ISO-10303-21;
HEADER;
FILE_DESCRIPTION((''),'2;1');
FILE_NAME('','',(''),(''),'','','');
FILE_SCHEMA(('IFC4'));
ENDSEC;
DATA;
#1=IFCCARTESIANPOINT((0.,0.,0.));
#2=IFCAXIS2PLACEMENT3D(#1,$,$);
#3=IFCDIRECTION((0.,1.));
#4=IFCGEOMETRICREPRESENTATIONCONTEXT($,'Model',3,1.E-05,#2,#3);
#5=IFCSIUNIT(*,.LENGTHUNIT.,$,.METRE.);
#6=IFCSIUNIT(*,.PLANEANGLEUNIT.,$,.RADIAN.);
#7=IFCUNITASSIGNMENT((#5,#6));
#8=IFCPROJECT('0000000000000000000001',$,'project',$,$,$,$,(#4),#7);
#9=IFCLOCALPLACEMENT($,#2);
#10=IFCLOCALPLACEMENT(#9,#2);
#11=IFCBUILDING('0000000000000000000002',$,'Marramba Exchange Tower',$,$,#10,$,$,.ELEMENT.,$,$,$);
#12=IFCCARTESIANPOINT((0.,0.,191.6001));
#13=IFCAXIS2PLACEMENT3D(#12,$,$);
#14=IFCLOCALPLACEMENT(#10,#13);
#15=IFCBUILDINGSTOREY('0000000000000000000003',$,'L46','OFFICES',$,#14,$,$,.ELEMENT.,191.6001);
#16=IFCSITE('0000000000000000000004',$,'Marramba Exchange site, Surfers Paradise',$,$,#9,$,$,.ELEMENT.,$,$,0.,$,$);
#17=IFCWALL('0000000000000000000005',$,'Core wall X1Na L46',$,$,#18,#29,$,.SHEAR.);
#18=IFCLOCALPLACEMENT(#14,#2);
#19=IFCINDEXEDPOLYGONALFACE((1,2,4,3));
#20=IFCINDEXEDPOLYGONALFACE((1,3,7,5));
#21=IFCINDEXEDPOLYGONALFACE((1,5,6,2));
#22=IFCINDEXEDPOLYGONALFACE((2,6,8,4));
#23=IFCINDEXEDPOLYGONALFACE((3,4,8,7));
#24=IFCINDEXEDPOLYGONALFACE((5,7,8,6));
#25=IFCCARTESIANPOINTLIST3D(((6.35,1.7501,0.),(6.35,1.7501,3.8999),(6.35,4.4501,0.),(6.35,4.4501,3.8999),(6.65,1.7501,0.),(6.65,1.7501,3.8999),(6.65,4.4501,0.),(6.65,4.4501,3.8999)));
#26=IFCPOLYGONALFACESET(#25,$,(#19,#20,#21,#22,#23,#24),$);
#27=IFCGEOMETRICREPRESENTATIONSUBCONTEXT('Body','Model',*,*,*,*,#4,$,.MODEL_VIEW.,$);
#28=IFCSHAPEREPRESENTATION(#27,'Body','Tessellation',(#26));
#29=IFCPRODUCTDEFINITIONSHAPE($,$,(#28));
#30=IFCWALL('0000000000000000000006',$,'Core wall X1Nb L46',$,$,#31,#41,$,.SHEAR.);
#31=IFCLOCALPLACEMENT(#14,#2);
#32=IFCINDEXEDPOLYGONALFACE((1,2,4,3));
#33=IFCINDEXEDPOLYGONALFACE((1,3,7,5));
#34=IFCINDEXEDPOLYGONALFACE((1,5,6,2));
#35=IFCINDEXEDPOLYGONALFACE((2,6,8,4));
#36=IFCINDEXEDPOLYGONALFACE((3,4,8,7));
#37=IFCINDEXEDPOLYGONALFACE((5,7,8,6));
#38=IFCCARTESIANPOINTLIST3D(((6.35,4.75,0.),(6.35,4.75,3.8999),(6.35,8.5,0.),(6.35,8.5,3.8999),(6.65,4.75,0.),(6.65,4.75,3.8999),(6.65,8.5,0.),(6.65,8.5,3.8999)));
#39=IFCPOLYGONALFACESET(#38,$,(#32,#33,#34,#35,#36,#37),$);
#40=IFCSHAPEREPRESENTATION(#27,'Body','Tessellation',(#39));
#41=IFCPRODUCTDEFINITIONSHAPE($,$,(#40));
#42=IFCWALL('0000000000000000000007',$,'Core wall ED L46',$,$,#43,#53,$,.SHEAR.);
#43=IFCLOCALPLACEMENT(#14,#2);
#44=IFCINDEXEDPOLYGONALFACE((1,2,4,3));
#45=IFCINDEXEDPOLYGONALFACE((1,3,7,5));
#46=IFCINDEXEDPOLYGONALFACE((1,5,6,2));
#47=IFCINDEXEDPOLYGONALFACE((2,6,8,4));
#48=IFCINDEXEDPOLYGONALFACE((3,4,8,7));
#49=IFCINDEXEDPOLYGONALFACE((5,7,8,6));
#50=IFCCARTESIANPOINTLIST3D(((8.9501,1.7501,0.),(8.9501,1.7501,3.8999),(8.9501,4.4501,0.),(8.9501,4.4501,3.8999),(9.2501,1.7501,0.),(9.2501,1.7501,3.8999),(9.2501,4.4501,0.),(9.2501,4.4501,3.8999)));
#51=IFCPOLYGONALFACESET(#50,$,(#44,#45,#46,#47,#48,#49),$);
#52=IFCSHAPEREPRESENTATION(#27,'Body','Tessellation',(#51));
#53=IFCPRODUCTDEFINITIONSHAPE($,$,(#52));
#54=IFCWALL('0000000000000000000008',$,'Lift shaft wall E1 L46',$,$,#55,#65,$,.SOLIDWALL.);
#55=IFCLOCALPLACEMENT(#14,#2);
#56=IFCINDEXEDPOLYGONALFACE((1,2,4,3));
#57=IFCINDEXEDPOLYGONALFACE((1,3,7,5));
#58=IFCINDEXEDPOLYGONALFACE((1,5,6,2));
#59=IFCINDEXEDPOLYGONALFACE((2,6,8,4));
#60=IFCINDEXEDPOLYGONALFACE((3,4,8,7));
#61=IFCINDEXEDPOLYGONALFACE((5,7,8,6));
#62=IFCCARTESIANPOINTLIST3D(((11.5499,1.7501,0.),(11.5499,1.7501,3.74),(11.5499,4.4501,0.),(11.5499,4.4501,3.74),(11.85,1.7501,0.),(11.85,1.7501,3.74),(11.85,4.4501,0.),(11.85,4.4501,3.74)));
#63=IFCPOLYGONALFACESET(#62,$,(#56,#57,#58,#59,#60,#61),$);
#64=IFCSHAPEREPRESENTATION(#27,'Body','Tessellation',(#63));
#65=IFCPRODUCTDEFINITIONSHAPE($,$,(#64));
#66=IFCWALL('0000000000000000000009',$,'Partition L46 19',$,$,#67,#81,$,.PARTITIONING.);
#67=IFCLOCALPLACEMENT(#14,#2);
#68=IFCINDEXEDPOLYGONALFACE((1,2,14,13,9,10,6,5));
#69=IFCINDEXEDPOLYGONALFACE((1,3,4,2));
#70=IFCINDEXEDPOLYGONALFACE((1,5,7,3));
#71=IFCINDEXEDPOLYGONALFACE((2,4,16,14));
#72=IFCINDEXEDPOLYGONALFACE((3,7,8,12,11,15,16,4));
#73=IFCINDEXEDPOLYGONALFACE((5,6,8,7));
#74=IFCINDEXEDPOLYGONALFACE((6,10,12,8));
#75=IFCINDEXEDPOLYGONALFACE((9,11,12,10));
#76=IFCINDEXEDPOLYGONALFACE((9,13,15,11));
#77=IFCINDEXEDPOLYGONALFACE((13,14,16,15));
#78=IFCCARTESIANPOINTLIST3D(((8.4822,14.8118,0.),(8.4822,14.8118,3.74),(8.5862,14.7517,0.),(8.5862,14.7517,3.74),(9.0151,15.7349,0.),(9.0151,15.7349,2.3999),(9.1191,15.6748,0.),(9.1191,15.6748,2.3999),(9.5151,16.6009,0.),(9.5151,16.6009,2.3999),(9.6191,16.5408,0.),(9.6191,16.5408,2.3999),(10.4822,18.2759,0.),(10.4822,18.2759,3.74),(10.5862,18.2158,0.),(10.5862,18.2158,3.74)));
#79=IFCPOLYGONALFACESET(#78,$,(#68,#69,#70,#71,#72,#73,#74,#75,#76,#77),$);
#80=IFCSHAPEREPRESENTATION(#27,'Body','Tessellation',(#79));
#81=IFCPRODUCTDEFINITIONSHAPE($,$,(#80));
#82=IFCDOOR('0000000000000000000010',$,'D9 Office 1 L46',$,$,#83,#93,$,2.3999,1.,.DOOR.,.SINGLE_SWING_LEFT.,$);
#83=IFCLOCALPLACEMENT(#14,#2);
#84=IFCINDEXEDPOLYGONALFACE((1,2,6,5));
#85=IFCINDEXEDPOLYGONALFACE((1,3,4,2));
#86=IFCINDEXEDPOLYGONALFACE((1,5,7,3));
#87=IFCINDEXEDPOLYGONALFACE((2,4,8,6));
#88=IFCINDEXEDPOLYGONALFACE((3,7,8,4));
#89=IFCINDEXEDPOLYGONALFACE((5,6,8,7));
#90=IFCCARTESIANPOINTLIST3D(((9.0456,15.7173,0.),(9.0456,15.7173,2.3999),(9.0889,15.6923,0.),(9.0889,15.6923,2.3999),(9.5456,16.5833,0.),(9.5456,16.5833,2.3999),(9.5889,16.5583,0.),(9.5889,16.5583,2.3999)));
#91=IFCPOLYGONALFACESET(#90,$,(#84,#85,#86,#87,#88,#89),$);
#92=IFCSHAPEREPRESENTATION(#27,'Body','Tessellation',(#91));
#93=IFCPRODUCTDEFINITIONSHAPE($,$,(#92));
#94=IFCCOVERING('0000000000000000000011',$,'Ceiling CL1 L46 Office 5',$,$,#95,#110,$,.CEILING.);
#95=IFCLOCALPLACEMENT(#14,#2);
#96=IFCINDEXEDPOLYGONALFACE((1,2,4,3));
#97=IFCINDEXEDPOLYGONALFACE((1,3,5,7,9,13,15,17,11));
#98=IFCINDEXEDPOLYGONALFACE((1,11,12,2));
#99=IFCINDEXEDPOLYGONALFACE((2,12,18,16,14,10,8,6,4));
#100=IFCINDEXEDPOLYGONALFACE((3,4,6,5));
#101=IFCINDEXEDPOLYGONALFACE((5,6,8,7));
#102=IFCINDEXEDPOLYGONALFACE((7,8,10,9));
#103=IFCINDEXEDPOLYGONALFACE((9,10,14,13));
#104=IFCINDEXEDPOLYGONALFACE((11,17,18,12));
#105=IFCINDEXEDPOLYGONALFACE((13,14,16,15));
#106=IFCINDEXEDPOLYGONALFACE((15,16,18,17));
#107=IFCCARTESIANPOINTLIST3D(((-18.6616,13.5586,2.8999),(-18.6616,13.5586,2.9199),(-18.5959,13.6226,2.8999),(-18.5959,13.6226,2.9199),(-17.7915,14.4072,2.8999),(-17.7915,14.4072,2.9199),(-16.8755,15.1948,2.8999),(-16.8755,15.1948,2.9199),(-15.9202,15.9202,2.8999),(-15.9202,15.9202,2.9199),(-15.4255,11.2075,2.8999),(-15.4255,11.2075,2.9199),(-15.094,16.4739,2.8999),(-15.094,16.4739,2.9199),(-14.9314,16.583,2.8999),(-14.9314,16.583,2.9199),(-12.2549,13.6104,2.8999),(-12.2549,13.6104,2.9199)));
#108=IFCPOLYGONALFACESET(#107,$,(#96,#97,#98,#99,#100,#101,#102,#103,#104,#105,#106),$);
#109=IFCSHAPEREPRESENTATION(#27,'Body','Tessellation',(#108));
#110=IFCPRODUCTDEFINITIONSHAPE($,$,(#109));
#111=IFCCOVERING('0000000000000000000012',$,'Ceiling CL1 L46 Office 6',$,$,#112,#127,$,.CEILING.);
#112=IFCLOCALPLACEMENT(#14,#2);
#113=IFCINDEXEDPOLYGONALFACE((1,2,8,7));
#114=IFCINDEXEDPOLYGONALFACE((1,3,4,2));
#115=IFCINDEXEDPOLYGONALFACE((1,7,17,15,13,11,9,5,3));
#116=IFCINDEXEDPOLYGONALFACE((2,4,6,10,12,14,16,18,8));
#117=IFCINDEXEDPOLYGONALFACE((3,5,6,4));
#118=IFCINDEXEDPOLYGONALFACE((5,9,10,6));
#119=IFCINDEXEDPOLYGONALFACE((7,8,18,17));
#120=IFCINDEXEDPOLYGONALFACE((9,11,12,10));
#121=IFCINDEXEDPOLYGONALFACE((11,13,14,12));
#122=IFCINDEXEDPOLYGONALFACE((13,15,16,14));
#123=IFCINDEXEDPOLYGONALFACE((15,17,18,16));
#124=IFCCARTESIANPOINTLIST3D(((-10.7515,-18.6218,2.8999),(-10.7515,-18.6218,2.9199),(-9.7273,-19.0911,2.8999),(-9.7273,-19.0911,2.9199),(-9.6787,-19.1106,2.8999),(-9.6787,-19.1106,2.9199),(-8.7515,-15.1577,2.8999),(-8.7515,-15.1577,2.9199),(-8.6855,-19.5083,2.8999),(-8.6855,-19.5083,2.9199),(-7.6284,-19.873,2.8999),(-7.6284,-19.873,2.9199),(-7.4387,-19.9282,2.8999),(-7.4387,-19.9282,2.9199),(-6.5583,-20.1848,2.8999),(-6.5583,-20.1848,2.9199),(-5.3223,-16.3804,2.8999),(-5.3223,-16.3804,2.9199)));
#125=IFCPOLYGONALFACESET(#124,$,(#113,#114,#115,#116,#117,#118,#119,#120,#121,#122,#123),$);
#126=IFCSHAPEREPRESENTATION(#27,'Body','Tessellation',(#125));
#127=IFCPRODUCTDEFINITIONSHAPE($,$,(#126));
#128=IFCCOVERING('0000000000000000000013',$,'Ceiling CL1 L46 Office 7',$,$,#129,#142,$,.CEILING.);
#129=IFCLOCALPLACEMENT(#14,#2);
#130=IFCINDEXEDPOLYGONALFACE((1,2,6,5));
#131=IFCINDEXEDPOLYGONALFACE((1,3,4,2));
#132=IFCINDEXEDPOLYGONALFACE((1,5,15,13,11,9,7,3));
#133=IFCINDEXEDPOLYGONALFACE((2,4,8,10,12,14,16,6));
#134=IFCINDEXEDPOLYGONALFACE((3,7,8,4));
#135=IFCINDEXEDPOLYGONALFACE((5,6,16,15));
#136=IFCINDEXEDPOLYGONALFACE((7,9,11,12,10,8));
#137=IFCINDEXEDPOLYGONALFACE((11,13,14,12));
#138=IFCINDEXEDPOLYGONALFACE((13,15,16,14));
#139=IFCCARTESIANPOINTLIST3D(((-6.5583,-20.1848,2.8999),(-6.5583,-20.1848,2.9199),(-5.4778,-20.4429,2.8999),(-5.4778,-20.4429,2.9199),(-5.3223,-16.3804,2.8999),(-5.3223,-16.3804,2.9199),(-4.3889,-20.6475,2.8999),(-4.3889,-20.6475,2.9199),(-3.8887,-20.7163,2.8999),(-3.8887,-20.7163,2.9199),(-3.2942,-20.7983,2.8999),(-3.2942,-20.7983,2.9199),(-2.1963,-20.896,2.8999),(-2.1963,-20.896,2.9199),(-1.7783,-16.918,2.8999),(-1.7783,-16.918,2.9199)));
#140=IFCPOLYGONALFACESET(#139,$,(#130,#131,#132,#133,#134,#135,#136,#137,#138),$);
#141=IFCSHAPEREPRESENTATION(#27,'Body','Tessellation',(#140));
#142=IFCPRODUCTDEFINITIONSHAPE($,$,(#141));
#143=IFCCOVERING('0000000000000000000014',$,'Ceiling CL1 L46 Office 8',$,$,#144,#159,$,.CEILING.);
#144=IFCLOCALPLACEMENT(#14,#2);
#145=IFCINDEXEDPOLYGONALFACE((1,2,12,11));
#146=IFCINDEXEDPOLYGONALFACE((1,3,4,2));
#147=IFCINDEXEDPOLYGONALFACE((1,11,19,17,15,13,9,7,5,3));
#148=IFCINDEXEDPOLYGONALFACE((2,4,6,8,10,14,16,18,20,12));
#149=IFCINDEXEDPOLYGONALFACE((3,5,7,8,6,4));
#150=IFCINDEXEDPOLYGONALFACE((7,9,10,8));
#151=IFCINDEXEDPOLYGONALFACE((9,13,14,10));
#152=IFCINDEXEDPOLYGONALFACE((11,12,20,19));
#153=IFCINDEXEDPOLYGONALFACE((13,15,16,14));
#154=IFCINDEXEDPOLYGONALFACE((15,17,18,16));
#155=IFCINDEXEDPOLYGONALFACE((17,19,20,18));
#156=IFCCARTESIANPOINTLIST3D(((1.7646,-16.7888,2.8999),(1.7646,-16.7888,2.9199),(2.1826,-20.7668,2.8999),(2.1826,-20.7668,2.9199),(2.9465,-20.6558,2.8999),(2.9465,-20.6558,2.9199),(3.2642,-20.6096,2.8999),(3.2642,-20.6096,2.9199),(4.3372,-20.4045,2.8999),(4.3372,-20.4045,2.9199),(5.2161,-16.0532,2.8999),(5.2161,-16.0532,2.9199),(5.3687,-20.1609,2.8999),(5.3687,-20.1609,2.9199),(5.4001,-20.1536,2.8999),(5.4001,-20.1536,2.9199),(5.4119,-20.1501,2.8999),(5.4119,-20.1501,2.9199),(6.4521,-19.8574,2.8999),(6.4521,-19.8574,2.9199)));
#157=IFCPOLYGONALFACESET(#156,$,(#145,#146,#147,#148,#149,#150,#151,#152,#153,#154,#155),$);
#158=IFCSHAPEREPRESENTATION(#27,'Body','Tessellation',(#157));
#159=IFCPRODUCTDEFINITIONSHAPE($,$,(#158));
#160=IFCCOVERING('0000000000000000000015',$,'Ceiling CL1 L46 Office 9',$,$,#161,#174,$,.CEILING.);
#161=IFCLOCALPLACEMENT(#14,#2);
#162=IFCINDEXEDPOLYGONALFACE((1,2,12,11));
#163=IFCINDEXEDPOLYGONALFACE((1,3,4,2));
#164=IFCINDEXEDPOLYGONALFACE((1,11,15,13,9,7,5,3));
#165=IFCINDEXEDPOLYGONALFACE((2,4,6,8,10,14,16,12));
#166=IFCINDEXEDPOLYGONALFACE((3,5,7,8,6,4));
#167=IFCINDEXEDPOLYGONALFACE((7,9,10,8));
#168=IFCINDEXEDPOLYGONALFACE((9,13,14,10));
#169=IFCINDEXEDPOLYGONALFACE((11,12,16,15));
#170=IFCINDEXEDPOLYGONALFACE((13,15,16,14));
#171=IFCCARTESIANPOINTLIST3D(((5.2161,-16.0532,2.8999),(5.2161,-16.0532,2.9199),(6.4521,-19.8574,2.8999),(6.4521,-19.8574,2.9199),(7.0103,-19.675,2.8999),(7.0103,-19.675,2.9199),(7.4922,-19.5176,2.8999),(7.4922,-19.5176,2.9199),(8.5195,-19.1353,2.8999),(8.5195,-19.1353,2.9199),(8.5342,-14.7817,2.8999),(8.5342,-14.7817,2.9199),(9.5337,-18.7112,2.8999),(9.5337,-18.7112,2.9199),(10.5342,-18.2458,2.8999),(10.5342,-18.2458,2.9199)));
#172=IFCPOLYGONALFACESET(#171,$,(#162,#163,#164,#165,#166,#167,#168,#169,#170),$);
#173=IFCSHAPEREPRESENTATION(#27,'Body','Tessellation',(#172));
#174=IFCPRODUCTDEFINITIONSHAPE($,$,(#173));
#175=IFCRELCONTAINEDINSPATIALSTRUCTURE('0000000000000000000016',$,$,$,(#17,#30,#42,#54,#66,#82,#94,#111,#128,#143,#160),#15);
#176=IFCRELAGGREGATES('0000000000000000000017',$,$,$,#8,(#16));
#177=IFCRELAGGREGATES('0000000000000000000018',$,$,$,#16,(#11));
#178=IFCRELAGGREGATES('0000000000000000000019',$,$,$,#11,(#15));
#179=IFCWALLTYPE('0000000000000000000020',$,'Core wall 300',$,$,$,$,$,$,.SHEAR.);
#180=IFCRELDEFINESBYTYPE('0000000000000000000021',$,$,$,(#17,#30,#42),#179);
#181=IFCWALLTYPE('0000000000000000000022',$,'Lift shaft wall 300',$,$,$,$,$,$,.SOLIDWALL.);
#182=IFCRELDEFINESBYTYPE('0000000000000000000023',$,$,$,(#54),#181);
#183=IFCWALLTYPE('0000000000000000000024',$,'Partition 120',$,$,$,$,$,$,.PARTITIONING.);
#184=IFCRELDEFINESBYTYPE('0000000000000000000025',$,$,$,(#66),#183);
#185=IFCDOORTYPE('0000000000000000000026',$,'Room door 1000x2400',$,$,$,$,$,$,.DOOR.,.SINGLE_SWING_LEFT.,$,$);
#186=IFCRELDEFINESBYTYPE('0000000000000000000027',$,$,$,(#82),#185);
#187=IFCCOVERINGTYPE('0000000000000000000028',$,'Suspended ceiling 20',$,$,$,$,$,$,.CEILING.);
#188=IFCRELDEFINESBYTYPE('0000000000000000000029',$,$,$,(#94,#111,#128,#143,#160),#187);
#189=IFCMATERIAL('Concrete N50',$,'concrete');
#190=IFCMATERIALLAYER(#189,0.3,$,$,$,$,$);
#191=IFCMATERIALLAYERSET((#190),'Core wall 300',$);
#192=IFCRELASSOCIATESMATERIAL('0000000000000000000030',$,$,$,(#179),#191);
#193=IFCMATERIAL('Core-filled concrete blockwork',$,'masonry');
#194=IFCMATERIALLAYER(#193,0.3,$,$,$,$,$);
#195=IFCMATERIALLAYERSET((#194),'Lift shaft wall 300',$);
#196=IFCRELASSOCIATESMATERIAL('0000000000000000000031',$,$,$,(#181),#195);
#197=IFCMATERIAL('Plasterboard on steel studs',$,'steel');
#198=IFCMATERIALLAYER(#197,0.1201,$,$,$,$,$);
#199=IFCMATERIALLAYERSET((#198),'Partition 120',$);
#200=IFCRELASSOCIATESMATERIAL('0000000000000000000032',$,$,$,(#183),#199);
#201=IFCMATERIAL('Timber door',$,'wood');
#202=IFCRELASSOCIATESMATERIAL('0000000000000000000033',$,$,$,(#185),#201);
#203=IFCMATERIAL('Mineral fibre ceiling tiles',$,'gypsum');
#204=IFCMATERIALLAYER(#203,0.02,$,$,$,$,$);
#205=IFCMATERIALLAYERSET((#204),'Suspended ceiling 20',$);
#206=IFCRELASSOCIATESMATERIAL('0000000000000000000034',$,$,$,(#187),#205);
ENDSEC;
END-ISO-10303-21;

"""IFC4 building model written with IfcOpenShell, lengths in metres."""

from ifc_helpers import new_model, si_unit, direction, frame, frame_2d, origin, place, context, subcontext, project, spatial, polyline, rectangle, outline, extrude, material, layer, layer_set, type_object, element, fill, save


model = new_model("IFC4")

# Units and contexts
model_context = context("Model", 3, precision=1e-05, world=origin(), true_north=direction((0.0, 1.0)))
body_context = subcontext(model_context, "Body", "Model", "MODEL_VIEW")
ifc_project = project(units=[si_unit("LENGTHUNIT", "METRE"), si_unit("PLANEANGLEUNIT", "RADIAN")], contexts=[model_context])

# Site, building, storey
site_placement = place(None, origin())
site = spatial("IfcSite", under=ifc_project, at=site_placement, Name="Marramba Exchange site, Surfers Paradise", CompositionType="ELEMENT", RefElevation=0.0)
building_placement = place(site_placement, origin())
building = spatial("IfcBuilding", under=site, at=building_placement, Name="Marramba Exchange Tower", CompositionType="ELEMENT")
storey_placement = place(building_placement, frame((0.0, 0.0, 191.6001)))
storey = spatial("IfcBuildingStorey", under=building, at=storey_placement, Name="L46", Description="OFFICES", CompositionType="ELEMENT", Elevation=191.6001)

# Walls
ifc_material_1 = material(Name="Concrete N50", Category="concrete")
ifc_layer_1 = layer(ifc_material_1, 0.3)
ifc_layer_set_1 = layer_set([ifc_layer_1], Name="Core wall 300")
wall_type_1 = type_object("IfcWallType", Name="Core wall 300", PredefinedType="SHEAR", material=ifc_layer_set_1)
wall_1_placement = place(storey_placement, frame((6.5, 1.75, 0.0), z_axis=(0.0, 0.0, 1.0), x_axis=(0.0, 1.0, 0.0)))
element("IfcWall", 1, at=wall_1_placement, inside=storey, type_object=wall_type_1, Name="Core wall X1Na L46", PredefinedType="SHEAR", context=body_context, shape_type="SweptSolid", body=[
    extrude(rectangle(XDim=2.7, YDim=0.3, at=frame_2d((1.3501, 0.0))), origin(), (0.0, 0.0, 1.0), 3.8999),
])
wall_2_placement = place(storey_placement, frame((6.5, 4.75, 0.0), z_axis=(0.0, 0.0, 1.0), x_axis=(0.0, 1.0, 0.0)))
element("IfcWall", 2, at=wall_2_placement, inside=storey, type_object=wall_type_1, Name="Core wall X1Nb L46", PredefinedType="SHEAR", context=body_context, shape_type="SweptSolid", body=[
    extrude(rectangle(XDim=3.75, YDim=0.3, at=frame_2d((1.875, 0.0))), origin(), (0.0, 0.0, 1.0), 3.8999),
])
wall_3_placement = place(storey_placement, frame((9.1001, 1.75, 0.0), z_axis=(0.0, 0.0, 1.0), x_axis=(0.0, 1.0, 0.0)))
element("IfcWall", 3, at=wall_3_placement, inside=storey, type_object=wall_type_1, Name="Core wall ED L46", PredefinedType="SHEAR", context=body_context, shape_type="SweptSolid", body=[
    extrude(rectangle(XDim=2.7, YDim=0.3, at=frame_2d((1.3501, 0.0))), origin(), (0.0, 0.0, 1.0), 3.8999),
])
ifc_material_2 = material(Name="Core-filled concrete blockwork", Category="masonry")
ifc_layer_2 = layer(ifc_material_2, 0.3)
ifc_layer_set_2 = layer_set([ifc_layer_2], Name="Lift shaft wall 300")
wall_type_2 = type_object("IfcWallType", Name="Lift shaft wall 300", PredefinedType="SOLIDWALL", material=ifc_layer_set_2)
wall_4_placement = place(storey_placement, frame((11.7, 1.75, 0.0), z_axis=(0.0, 0.0, 1.0), x_axis=(0.0, 1.0, 0.0)))
element("IfcWall", 4, at=wall_4_placement, inside=storey, type_object=wall_type_2, Name="Lift shaft wall E1 L46", PredefinedType="SOLIDWALL", context=body_context, shape_type="SweptSolid", body=[
    extrude(rectangle(XDim=2.7, YDim=0.3, at=frame_2d((1.3501, 0.0))), origin(), (0.0, 0.0, 1.0), 3.74),
])

# Wall, opening, door
ifc_material_3 = material(Name="Plasterboard on steel studs", Category="steel")
ifc_layer_3 = layer(ifc_material_3, 0.1201)
ifc_layer_set_3 = layer_set([ifc_layer_3], Name="Partition 120")
wall_type_3 = type_object("IfcWallType", Name="Partition 120", PredefinedType="PARTITIONING", material=ifc_layer_set_3)
wall_5_placement = place(storey_placement, frame((8.5342, 14.7817, 0.0), z_axis=(0.0, 0.0, 1.0), x_axis=(0.499999, 0.866026, 0.0)))
wall_5 = element("IfcWall", 5, at=wall_5_placement, inside=storey, type_object=wall_type_3, Name="Partition L46 19", PredefinedType="PARTITIONING", context=body_context, shape_type="SweptSolid", body=[
    extrude(rectangle(XDim=4.0, YDim=0.1201, at=frame_2d((2.0, 0.0))), origin(), (0.0, 0.0, 1.0), 3.74),
])
opening_placement = place(wall_5_placement, frame((1.0659, 0.0, 0.0)))
opening = element("IfcOpeningElement", 6, at=opening_placement, cuts=wall_5, PredefinedType="OPENING", context=body_context, shape_type="SweptSolid", body=[
    extrude(rectangle(XDim=1.0, YDim=2.3999, at=frame_2d((0.5, 1.2))), frame((0.0, 0.0701, 0.0), z_axis=(0.0, -1.0, 0.0), x_axis=(1.0, 0.0, 0.0)), (0.0, 0.0, 1.0), 0.1401),
])
ifc_material_4 = material(Name="Timber door", Category="wood")
door_type = type_object("IfcDoorType", Name="Room door 1000x2400", OperationType="SINGLE_SWING_LEFT", PredefinedType="DOOR", material=ifc_material_4)
door_placement = place(opening_placement, origin())
door = element("IfcDoor", 7, at=door_placement, inside=storey, type_object=door_type, Name="D9 Office 1 L46", OperationType="SINGLE_SWING_LEFT", OverallHeight=2.3999, OverallWidth=1.0, PredefinedType="DOOR", context=body_context, shape_type="SweptSolid", body=[
    extrude(rectangle(XDim=1.0, YDim=2.3999, at=frame_2d((0.5, 1.2))), frame((0.0, 0.0249, 0.0), z_axis=(0.0, -1.0, 0.0), x_axis=(1.0, 0.0, 0.0)), (0.0, 0.0, 1.0), 0.05),
])
fill(opening, door)

# Coverings
ifc_material_5 = material(Name="Mineral fibre ceiling tiles", Category="gypsum")
ifc_layer_4 = layer(ifc_material_5, 0.02)
ifc_layer_set_4 = layer_set([ifc_layer_4], Name="Suspended ceiling 20")
covering_type = type_object("IfcCoveringType", Name="Suspended ceiling 20", PredefinedType="CEILING", material=ifc_layer_set_4)
covering_1_placement = place(storey_placement, frame((0.0, 0.0, 2.8999)))
element("IfcCovering", 8, at=covering_1_placement, inside=storey, type_object=covering_type, Name="Ceiling CL1 L46 Office 5", PredefinedType="CEILING", context=body_context, shape_type="SweptSolid", body=[
    extrude(outline(polyline([(-18.5959, 13.6226), (-17.7915, 14.4072), (-16.8755, 15.1948), (-15.9202, 15.9202), (-15.094, 16.4739), (-14.9314, 16.583), (-14.9314, 16.583), (-12.2549, 13.6104), (-15.4255, 11.2075), (-18.6616, 13.5586), (-18.5959, 13.6226)])), origin(), (0.0, 0.0, 1.0), 0.02),
])
covering_2_placement = place(storey_placement, frame((0.0, 0.0, 2.8999)))
element("IfcCovering", 9, at=covering_2_placement, inside=storey, type_object=covering_type, Name="Ceiling CL1 L46 Office 6", PredefinedType="CEILING", context=body_context, shape_type="SweptSolid", body=[
    extrude(outline(polyline([(-7.4387, -19.9282), (-7.6284, -19.873), (-8.6855, -19.5083), (-9.6787, -19.1106), (-9.7273, -19.0911), (-10.7515, -18.6218), (-8.7515, -15.1577), (-5.3223, -16.3804), (-6.5583, -20.1848), (-7.4387, -19.9282)])), origin(), (0.0, 0.0, 1.0), 0.02),
])
covering_3_placement = place(storey_placement, frame((0.0, 0.0, 2.8999)))
element("IfcCovering", 10, at=covering_3_placement, inside=storey, type_object=covering_type, Name="Ceiling CL1 L46 Office 7", PredefinedType="CEILING", context=body_context, shape_type="SweptSolid", body=[
    extrude(outline(polyline([(-5.4778, -20.4429), (-6.5583, -20.1848), (-5.3223, -16.3804), (-1.7783, -16.918), (-2.1963, -20.896), (-3.2942, -20.7983), (-3.8887, -20.7163), (-4.3889, -20.6475), (-5.4778, -20.4429)])), origin(), (0.0, 0.0, 1.0), 0.02),
])
covering_4_placement = place(storey_placement, frame((0.0, 0.0, 2.8999)))
element("IfcCovering", 11, at=covering_4_placement, inside=storey, type_object=covering_type, Name="Ceiling CL1 L46 Office 8", PredefinedType="CEILING", context=body_context, shape_type="SweptSolid", body=[
    extrude(outline(polyline([(5.4119, -20.1501), (5.4001, -20.1536), (5.3687, -20.1609), (4.3372, -20.4045), (3.2642, -20.6096), (2.9465, -20.6558), (2.1826, -20.7668), (1.7646, -16.7888), (5.2161, -16.0532), (6.4521, -19.8574), (5.4119, -20.1501)])), origin(), (0.0, 0.0, 1.0), 0.02),
])
covering_5_placement = place(storey_placement, frame((0.0, 0.0, 2.8999)))
element("IfcCovering", 12, at=covering_5_placement, inside=storey, type_object=covering_type, Name="Ceiling CL1 L46 Office 9", PredefinedType="CEILING", context=body_context, shape_type="SweptSolid", body=[
    extrude(outline(polyline([(9.5337, -18.7112), (8.5195, -19.1353), (7.4922, -19.5176), (7.0103, -19.675), (6.4521, -19.8574), (5.2161, -16.0532), (8.5342, -14.7817), (10.5342, -18.2458), (9.5337, -18.7112)])), origin(), (0.0, 0.0, 1.0), 0.02),
])

save(model, "model.ifc")
